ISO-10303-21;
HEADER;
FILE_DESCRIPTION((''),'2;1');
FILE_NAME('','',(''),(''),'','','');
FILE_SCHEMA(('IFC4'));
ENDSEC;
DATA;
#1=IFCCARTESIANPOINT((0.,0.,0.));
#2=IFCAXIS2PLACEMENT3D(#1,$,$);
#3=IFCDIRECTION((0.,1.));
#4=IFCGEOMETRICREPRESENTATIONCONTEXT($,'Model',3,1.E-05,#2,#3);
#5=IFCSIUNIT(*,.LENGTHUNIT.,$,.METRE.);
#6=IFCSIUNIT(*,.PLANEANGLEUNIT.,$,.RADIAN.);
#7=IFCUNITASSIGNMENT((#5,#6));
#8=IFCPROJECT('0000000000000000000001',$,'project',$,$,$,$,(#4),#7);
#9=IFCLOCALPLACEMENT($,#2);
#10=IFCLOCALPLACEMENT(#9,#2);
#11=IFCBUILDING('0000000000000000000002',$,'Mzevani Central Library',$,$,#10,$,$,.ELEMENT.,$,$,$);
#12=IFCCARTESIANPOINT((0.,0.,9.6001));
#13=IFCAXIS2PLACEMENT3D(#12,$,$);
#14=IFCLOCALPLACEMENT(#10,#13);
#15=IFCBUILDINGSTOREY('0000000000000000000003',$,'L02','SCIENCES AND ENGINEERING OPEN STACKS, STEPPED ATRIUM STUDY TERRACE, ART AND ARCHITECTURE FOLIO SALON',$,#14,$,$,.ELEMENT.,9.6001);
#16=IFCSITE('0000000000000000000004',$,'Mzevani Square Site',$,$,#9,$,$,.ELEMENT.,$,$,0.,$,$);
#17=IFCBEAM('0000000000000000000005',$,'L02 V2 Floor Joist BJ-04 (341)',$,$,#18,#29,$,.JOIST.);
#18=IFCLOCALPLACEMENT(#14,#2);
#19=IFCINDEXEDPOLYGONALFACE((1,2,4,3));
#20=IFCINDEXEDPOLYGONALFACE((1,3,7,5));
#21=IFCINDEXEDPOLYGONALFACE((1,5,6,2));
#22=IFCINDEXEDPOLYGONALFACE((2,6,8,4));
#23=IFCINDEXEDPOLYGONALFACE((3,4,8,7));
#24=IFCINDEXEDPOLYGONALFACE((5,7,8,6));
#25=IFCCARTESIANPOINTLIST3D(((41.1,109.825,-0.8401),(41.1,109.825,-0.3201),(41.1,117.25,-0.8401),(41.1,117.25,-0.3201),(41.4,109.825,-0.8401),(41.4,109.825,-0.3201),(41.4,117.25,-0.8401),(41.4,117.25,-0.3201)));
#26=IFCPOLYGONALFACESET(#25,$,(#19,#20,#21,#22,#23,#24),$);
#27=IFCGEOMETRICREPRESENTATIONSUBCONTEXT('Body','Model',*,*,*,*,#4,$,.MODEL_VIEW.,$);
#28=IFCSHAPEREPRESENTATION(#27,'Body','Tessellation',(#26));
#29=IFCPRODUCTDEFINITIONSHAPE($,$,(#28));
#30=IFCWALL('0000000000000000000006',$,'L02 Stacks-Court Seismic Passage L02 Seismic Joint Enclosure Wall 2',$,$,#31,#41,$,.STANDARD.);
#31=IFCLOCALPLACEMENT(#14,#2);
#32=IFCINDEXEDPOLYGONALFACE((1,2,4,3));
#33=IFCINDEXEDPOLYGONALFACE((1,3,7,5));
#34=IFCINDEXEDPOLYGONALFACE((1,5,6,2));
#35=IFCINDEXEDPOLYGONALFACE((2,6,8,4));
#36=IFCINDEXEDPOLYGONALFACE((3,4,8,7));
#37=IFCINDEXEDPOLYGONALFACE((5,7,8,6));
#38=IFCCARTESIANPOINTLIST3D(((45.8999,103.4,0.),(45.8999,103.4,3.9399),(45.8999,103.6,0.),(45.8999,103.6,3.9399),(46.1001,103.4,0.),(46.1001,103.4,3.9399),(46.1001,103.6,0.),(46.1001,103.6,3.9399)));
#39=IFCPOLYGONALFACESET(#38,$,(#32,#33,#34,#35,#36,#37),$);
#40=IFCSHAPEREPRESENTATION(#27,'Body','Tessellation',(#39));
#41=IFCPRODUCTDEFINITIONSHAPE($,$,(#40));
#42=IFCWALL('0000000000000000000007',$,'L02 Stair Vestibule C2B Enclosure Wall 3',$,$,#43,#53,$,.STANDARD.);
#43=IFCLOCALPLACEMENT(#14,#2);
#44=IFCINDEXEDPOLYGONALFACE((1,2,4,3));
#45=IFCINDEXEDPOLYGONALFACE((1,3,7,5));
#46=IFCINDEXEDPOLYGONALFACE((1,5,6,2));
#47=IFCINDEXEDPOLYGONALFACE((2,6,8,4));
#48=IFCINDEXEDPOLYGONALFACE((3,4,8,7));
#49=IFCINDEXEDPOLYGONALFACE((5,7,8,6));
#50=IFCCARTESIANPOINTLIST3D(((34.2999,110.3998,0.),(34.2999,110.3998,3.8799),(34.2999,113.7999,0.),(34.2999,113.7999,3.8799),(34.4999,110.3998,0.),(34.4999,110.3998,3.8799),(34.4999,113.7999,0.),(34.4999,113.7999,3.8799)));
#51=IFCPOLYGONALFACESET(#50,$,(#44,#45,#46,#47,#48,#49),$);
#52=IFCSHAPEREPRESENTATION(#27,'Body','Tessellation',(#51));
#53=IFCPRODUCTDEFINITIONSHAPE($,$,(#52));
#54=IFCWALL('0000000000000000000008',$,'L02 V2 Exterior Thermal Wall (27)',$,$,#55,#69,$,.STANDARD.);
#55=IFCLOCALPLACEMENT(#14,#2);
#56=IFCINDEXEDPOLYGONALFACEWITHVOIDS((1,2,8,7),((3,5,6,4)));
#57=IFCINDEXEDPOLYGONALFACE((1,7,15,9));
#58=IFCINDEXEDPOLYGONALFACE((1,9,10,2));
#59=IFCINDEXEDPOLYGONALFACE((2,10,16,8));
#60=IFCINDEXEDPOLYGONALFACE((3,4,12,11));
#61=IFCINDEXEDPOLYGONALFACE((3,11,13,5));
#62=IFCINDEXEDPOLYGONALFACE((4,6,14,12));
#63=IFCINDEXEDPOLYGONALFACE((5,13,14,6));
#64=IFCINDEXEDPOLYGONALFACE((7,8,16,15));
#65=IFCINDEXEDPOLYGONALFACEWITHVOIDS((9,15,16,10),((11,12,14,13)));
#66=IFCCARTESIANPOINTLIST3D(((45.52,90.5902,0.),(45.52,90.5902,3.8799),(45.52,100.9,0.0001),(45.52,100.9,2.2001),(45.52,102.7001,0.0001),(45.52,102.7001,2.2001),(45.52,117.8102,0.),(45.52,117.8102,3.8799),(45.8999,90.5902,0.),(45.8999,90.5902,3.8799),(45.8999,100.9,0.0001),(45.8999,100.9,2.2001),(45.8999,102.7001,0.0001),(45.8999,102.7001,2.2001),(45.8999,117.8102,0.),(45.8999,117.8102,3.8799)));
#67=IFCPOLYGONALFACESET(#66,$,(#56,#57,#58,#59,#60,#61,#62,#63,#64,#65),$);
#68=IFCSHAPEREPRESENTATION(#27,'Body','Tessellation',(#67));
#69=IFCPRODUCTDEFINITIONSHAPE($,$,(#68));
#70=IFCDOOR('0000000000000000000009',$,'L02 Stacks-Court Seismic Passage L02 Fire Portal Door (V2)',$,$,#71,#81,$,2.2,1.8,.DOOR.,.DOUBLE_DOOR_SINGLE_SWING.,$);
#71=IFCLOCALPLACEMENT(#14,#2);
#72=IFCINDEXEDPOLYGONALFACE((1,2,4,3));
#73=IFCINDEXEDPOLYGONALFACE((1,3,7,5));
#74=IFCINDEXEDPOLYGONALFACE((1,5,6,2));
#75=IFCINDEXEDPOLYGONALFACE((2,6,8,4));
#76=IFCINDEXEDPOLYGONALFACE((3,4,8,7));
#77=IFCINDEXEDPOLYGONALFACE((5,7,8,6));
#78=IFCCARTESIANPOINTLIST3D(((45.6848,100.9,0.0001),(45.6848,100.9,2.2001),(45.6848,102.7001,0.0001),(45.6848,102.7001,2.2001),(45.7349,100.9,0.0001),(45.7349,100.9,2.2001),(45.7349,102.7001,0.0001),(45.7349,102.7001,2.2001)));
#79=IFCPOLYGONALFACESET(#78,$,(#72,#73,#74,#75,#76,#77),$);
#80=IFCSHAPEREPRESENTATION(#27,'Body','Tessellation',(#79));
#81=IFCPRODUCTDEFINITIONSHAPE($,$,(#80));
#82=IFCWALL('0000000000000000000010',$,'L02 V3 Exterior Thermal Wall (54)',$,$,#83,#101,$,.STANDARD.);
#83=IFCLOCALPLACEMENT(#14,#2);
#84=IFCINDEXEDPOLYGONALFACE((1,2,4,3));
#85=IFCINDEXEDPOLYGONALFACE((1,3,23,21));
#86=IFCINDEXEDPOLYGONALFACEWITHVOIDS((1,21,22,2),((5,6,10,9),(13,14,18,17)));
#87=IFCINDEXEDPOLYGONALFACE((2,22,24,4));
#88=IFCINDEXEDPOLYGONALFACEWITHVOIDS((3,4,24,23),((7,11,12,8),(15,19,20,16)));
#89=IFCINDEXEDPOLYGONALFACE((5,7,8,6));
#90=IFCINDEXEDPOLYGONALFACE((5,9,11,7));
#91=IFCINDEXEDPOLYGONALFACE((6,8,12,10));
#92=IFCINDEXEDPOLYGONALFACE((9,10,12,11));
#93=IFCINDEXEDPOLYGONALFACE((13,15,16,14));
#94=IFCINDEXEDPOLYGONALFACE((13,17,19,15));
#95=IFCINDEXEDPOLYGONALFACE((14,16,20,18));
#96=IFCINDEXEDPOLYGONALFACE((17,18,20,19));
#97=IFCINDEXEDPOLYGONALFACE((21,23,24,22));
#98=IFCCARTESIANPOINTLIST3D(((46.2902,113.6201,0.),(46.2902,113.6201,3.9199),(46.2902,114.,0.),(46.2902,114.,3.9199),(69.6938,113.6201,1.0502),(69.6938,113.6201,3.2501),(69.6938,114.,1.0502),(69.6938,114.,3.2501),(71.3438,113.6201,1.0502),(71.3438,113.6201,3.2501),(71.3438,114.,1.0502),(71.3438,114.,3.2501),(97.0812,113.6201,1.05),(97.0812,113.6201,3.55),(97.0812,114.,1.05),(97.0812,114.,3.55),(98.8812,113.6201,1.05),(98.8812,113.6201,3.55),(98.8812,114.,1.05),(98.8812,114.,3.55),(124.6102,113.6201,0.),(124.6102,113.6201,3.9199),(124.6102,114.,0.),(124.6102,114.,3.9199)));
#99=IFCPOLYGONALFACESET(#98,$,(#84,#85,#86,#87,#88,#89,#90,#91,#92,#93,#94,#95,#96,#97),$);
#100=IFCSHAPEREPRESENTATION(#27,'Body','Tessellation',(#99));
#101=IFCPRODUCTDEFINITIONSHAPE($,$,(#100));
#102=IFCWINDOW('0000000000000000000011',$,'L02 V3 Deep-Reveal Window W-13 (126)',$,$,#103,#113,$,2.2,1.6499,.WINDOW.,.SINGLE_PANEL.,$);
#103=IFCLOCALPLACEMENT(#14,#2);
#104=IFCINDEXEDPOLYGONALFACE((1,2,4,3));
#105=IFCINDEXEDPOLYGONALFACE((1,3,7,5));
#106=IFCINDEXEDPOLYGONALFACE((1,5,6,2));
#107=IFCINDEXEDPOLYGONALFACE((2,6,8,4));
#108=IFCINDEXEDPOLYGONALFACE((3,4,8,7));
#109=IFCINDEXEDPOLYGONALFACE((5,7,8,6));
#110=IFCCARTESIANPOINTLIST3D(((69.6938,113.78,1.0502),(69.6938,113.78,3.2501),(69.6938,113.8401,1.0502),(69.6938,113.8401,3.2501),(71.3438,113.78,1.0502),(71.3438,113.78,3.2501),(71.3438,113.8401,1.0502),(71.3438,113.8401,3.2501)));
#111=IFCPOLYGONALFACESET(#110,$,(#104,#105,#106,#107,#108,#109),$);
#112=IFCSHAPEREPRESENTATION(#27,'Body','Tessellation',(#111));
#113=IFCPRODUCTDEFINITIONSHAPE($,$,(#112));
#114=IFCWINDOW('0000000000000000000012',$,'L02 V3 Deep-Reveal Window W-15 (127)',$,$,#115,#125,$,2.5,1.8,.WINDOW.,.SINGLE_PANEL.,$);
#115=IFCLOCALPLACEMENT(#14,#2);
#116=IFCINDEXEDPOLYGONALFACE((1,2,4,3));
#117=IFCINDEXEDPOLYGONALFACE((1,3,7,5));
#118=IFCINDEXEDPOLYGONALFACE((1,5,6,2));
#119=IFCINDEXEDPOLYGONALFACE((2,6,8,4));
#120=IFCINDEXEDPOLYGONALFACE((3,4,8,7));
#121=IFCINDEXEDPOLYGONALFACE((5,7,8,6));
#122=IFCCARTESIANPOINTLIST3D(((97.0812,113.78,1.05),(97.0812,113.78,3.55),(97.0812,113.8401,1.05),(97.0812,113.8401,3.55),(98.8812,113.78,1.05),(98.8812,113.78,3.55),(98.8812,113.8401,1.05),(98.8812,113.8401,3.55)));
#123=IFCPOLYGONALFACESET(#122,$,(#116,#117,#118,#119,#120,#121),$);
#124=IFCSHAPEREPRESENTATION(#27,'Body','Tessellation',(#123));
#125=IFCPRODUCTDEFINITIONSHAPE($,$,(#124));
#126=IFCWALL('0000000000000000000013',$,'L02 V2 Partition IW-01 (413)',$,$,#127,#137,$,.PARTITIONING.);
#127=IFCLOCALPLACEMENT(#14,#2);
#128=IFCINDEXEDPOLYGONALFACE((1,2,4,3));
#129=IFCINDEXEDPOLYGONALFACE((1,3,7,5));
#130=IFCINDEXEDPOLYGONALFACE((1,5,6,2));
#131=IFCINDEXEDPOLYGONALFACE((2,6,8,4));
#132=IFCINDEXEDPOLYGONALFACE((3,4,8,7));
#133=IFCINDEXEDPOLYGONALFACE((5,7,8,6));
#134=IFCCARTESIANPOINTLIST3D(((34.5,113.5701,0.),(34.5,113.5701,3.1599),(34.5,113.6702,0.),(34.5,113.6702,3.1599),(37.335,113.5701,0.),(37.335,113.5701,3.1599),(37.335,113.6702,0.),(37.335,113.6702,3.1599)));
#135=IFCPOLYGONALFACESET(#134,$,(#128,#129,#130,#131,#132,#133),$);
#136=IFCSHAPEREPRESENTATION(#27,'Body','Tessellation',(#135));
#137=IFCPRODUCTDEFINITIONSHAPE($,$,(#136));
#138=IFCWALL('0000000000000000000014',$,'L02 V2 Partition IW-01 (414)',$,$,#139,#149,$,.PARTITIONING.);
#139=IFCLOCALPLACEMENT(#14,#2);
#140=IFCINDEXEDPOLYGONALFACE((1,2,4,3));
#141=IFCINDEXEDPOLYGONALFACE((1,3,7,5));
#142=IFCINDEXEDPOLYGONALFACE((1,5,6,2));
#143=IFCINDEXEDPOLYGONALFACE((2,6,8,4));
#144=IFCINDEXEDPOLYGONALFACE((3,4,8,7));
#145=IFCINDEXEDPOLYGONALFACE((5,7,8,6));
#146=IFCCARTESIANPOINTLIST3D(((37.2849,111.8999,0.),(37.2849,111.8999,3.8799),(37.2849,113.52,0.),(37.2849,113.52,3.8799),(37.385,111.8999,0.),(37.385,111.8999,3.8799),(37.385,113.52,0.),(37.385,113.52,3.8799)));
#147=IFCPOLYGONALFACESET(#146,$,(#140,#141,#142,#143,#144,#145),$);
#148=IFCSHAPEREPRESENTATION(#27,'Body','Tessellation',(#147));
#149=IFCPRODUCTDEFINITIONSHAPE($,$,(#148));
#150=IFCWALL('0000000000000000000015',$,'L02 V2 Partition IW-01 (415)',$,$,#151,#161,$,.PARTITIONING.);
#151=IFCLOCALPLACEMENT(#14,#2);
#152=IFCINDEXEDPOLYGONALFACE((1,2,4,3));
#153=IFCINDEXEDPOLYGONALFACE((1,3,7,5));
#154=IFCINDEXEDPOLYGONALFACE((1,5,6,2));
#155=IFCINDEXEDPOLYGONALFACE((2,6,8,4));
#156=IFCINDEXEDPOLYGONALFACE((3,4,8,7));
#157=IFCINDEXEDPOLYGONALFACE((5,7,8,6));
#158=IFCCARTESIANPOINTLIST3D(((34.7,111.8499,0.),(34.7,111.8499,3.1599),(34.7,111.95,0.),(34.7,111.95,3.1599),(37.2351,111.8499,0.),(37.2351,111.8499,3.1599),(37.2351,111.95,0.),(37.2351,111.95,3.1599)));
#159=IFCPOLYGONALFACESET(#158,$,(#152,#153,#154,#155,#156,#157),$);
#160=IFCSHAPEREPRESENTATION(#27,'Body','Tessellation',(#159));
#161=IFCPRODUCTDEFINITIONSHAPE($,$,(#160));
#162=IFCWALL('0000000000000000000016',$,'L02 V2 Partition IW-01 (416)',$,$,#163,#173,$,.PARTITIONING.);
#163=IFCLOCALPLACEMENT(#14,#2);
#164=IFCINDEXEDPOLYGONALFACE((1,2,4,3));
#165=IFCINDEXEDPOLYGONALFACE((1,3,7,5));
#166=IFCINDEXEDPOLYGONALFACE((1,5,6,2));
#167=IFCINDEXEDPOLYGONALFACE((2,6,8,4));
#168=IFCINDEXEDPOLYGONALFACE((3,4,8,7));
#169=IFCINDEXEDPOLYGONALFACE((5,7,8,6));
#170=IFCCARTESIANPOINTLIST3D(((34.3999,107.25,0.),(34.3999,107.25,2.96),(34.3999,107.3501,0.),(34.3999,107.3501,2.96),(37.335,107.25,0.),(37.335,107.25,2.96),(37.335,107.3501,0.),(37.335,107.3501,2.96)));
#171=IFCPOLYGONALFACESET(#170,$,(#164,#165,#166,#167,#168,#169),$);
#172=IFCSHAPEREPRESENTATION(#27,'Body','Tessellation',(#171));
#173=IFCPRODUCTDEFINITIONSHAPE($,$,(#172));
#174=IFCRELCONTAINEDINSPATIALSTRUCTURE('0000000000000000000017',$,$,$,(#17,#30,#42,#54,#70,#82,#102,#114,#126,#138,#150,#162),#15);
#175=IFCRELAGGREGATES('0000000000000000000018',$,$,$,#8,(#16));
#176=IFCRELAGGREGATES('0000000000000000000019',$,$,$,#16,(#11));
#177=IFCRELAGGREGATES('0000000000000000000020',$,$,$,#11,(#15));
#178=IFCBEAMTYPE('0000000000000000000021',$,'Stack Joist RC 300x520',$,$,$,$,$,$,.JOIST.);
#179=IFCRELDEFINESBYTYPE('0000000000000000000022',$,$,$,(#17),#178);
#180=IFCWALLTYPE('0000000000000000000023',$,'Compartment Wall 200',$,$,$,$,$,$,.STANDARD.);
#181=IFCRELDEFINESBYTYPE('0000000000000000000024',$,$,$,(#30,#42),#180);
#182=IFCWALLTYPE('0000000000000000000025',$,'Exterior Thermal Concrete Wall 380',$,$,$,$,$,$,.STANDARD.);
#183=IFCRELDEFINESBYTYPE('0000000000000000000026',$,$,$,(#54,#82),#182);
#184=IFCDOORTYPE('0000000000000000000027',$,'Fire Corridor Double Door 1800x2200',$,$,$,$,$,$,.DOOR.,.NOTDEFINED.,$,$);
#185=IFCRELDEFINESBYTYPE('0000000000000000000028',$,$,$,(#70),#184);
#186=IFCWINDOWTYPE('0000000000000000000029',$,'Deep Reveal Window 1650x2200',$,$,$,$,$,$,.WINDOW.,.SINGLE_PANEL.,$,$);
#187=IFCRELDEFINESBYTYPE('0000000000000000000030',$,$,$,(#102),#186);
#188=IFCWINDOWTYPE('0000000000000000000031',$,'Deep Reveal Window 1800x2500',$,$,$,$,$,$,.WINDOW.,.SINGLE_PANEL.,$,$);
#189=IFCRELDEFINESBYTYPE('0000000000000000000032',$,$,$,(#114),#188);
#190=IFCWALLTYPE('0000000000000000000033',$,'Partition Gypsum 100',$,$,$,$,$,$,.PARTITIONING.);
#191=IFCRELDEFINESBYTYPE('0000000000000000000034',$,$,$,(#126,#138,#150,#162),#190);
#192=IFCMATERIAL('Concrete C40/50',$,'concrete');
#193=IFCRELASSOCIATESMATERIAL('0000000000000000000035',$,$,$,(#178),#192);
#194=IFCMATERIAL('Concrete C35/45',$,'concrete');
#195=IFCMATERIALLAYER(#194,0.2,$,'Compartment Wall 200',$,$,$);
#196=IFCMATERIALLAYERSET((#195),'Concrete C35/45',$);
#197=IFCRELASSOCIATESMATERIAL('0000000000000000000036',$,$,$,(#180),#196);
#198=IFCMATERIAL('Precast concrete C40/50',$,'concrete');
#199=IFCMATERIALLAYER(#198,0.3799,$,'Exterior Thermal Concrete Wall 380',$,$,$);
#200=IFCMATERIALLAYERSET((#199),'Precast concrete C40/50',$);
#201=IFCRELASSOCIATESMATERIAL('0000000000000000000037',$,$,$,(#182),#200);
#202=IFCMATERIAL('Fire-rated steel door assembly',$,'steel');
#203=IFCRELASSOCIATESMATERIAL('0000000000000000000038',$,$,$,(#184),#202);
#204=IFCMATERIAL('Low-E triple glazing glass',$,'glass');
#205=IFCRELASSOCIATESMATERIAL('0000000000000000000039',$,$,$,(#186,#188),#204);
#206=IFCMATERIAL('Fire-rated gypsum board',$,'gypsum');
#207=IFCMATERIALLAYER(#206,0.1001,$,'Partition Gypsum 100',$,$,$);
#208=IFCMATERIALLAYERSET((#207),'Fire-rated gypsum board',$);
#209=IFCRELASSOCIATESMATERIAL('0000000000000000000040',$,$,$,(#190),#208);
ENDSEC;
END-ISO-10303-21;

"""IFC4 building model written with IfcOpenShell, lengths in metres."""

from ifc_helpers import new_model, si_unit, direction, frame, frame_2d, origin, origin_2d, place, context, subcontext, project, spatial, rectangle, extrude, material, layer, layer_set, material_profile, profile_set, type_object, element, fill, save


model = new_model("IFC4")

# Units and contexts
model_context = context("Model", 3, precision=1e-05, world=origin(), true_north=direction((0.0, 1.0)))
body_context = subcontext(model_context, "Body", "Model", "MODEL_VIEW")
ifc_project = project(units=[si_unit("LENGTHUNIT", "METRE"), si_unit("PLANEANGLEUNIT", "RADIAN")], contexts=[model_context])

# Site, building, storey
site_placement = place(None, origin())
site = spatial("IfcSite", under=ifc_project, at=site_placement, Name="Mzevani Square Site", CompositionType="ELEMENT", RefElevation=0.0)
building_placement = place(site_placement, origin())
building = spatial("IfcBuilding", under=site, at=building_placement, Name="Mzevani Central Library", CompositionType="ELEMENT")
storey_placement = place(building_placement, frame((0.0, 0.0, 9.6001)))
storey = spatial("IfcBuildingStorey", under=building, at=storey_placement, Name="L02", Description="SCIENCES AND ENGINEERING OPEN STACKS, STEPPED ATRIUM STUDY TERRACE, ART AND ARCHITECTURE FOLIO SALON", CompositionType="ELEMENT", Elevation=9.6001)

# Shared definitions
ifc_material_1 = material(Name="Concrete C40/50", Category="concrete")

# Beam
ifc_material_2 = material(Name="Concrete C35/45", Category="concrete")
ifc_material_3 = material(Name="Precast concrete C40/50", Category="concrete")
ifc_material_profile_1 = material_profile(ifc_material_1, rectangle(XDim=0.3, YDim=0.52, at=origin_2d()), Name="RC J300x520")
ifc_profile_set_1 = profile_set([ifc_material_profile_1], Name="Concrete C40/50")
beam_type_1 = type_object("IfcBeamType", Name="Stack Joist RC 300x520", PredefinedType="JOIST", material=ifc_profile_set_1)
beam_1_placement = place(storey_placement, frame((41.25, 109.825, -0.5801), z_axis=(0.0, 1.0, 0.0), x_axis=(-1.0, 0.0, 0.0)))
element("IfcBeam", 1, at=beam_1_placement, inside=storey, type_object=beam_type_1, Name="L02 V2 Floor Joist BJ-04 (341)", PredefinedType="JOIST", context=body_context, shape_type="SweptSolid", body=[
    extrude(rectangle(XDim=0.3, YDim=0.52, at=origin_2d()), origin(), (0.0, 0.0, 1.0), 7.425),
])

# Walls
ifc_layer_1 = layer(ifc_material_2, 0.2, Name="Compartment Wall 200")
ifc_layer_set_1 = layer_set([ifc_layer_1], Name="Concrete C35/45")
wall_type_1 = type_object("IfcWallType", Name="Compartment Wall 200", PredefinedType="STANDARD", material=ifc_layer_set_1)
wall_1_placement = place(storey_placement, frame((45.8999, 103.5, 0.0), z_axis=(0.0, 0.0, 1.0), x_axis=(1.0, 0.0, 0.0)))
element("IfcWall", 2, at=wall_1_placement, inside=storey, type_object=wall_type_1, Name="L02 Stacks-Court Seismic Passage L02 Seismic Joint Enclosure Wall 2", PredefinedType="STANDARD", context=body_context, shape_type="SweptSolid", body=[
    extrude(rectangle(XDim=0.2002, YDim=0.2, at=frame_2d((0.1001, 0.0))), origin(), (0.0, 0.0, 1.0), 3.9399),
])
wall_2_placement = place(storey_placement, frame((34.3999, 113.8, 0.0), z_axis=(0.0, 0.0, 1.0), x_axis=(0.0, -1.0, 0.0)))
element("IfcWall", 3, at=wall_2_placement, inside=storey, type_object=wall_type_1, Name="L02 Stair Vestibule C2B Enclosure Wall 3", PredefinedType="STANDARD", context=body_context, shape_type="SweptSolid", body=[
    extrude(rectangle(XDim=3.4001, YDim=0.2, at=frame_2d((1.7002, 0.0))), origin(), (0.0, 0.0, 1.0), 3.8799),
])

# Wall, opening, door
ifc_layer_2 = layer(ifc_material_3, 0.3799, Name="Exterior Thermal Concrete Wall 380")
ifc_layer_set_2 = layer_set([ifc_layer_2], Name="Precast concrete C40/50")
wall_type_2 = type_object("IfcWallType", Name="Exterior Thermal Concrete Wall 380", PredefinedType="STANDARD", material=ifc_layer_set_2)
wall_3_placement = place(storey_placement, frame((45.71, 117.8101, 0.0), z_axis=(0.0, 0.0, 1.0), x_axis=(0.0, -1.0, 0.0)))
wall_3 = element("IfcWall", 4, at=wall_3_placement, inside=storey, type_object=wall_type_2, Name="L02 V2 Exterior Thermal Wall (27)", PredefinedType="STANDARD", context=body_context, shape_type="SweptSolid", body=[
    extrude(rectangle(XDim=27.22, YDim=0.3799, at=frame_2d((13.6099, 0.0))), origin(), (0.0, 0.0, 1.0), 3.8799),
])
opening_1_placement = place(wall_3_placement, frame((15.1101, 0.0, 0.0)))
opening_1 = element("IfcOpeningElement", 5, at=opening_1_placement, cuts=wall_3, PredefinedType="OPENING", context=body_context, shape_type="SweptSolid", body=[
    extrude(rectangle(XDim=1.8, YDim=2.2, at=frame_2d((0.8999, 1.1001))), frame((0.0, 0.2, 0.0), z_axis=(0.0, -1.0, 0.0), x_axis=(1.0, 0.0, 0.0)), (0.0, 0.0, 1.0), 0.3999),
])
ifc_material_4 = material(Name="Fire-rated steel door assembly", Category="steel")
door_type_1 = type_object("IfcDoorType", Name="Fire Corridor Double Door 1800x2200", OperationType="NOTDEFINED", PredefinedType="DOOR", material=ifc_material_4)
door_1_placement = place(opening_1_placement, origin())
door_1 = element("IfcDoor", 6, at=door_1_placement, inside=storey, type_object=door_type_1, Name="L02 Stacks-Court Seismic Passage L02 Fire Portal Door (V2)", OperationType="DOUBLE_DOOR_SINGLE_SWING", OverallHeight=2.2, OverallWidth=1.8, PredefinedType="DOOR", context=body_context, shape_type="SweptSolid", body=[
    extrude(rectangle(XDim=1.8, YDim=2.2, at=frame_2d((0.8999, 1.1001))), frame((0.0, 0.0249, 0.0), z_axis=(0.0, -1.0, 0.0), x_axis=(1.0, 0.0, 0.0)), (0.0, 0.0, 1.0), 0.05),
])
fill(opening_1, door_1)

# Wall, openings, windows
wall_4_placement = place(storey_placement, frame((46.29, 113.8101, 0.0), z_axis=(0.0, 0.0, 1.0), x_axis=(1.0, 0.0, 0.0)))
wall_4 = element("IfcWall", 7, at=wall_4_placement, inside=storey, type_object=wall_type_2, Name="L02 V3 Exterior Thermal Wall (54)", PredefinedType="STANDARD", context=body_context, shape_type="SweptSolid", body=[
    extrude(rectangle(XDim=78.3201, YDim=0.3799, at=frame_2d((39.1602, 0.0))), origin(), (0.0, 0.0, 1.0), 3.9199),
])
opening_2_placement = place(wall_4_placement, frame((23.4038, 0.0, 1.05)))
opening_2 = element("IfcOpeningElement", 8, at=opening_2_placement, cuts=wall_4, PredefinedType="OPENING", context=body_context, shape_type="SweptSolid", body=[
    extrude(rectangle(XDim=1.6499, YDim=2.2, at=frame_2d((0.825, 1.1001))), frame((0.0, 0.2, 0.0), z_axis=(0.0, -1.0, 0.0), x_axis=(1.0, 0.0, 0.0)), (0.0, 0.0, 1.0), 0.3999),
])
opening_3_placement = place(wall_4_placement, frame((50.7913, 0.0, 1.05)))
opening_3 = element("IfcOpeningElement", 9, at=opening_3_placement, cuts=wall_4, PredefinedType="OPENING", context=body_context, shape_type="SweptSolid", body=[
    extrude(rectangle(XDim=1.8, YDim=2.5, at=frame_2d((0.8999, 1.25))), frame((0.0, 0.2, 0.0), z_axis=(0.0, -1.0, 0.0), x_axis=(1.0, 0.0, 0.0)), (0.0, 0.0, 1.0), 0.3999),
])
ifc_material_5 = material(Name="Low-E triple glazing glass", Category="glass")
window_type_1 = type_object("IfcWindowType", Name="Deep Reveal Window 1650x2200", PartitioningType="SINGLE_PANEL", PredefinedType="WINDOW", material=ifc_material_5)
window_1_placement = place(opening_2_placement, origin())
window_1 = element("IfcWindow", 10, at=window_1_placement, inside=storey, type_object=window_type_1, Name="L02 V3 Deep-Reveal Window W-13 (126)", OverallHeight=2.2, OverallWidth=1.6499, PartitioningType="SINGLE_PANEL", PredefinedType="WINDOW", context=body_context, shape_type="SweptSolid", body=[
    extrude(rectangle(XDim=1.6499, YDim=2.2, at=frame_2d((0.825, 1.1001))), frame((0.0, 0.03, 0.0), z_axis=(0.0, -1.0, 0.0), x_axis=(1.0, 0.0, 0.0)), (0.0, 0.0, 1.0), 0.0601),
])
fill(opening_2, window_1)
window_type_2 = type_object("IfcWindowType", Name="Deep Reveal Window 1800x2500", PartitioningType="SINGLE_PANEL", PredefinedType="WINDOW", material=ifc_material_5)
window_2_placement = place(opening_3_placement, origin())
window_2 = element("IfcWindow", 11, at=window_2_placement, inside=storey, type_object=window_type_2, Name="L02 V3 Deep-Reveal Window W-15 (127)", OverallHeight=2.5, OverallWidth=1.8, PartitioningType="SINGLE_PANEL", PredefinedType="WINDOW", context=body_context, shape_type="SweptSolid", body=[
    extrude(rectangle(XDim=1.8, YDim=2.5, at=frame_2d((0.8999, 1.25))), frame((0.0, 0.03, 0.0), z_axis=(0.0, -1.0, 0.0), x_axis=(1.0, 0.0, 0.0)), (0.0, 0.0, 1.0), 0.0601),
])
fill(opening_3, window_2)

# Walls
ifc_material_6 = material(Name="Fire-rated gypsum board", Category="gypsum")
ifc_layer_3 = layer(ifc_material_6, 0.1001, Name="Partition Gypsum 100")
ifc_layer_set_3 = layer_set([ifc_layer_3], Name="Fire-rated gypsum board")
wall_type_3 = type_object("IfcWallType", Name="Partition Gypsum 100", PredefinedType="PARTITIONING", material=ifc_layer_set_3)
wall_5_placement = place(storey_placement, frame((34.5, 113.6201, 0.0), z_axis=(0.0, 0.0, 1.0), x_axis=(1.0, 0.0, 0.0)))
element("IfcWall", 12, at=wall_5_placement, inside=storey, type_object=wall_type_3, Name="L02 V2 Partition IW-01 (413)", PredefinedType="PARTITIONING", context=body_context, shape_type="SweptSolid", body=[
    extrude(rectangle(XDim=2.835, YDim=0.1001, at=frame_2d((1.4175, 0.0))), origin(), (0.0, 0.0, 1.0), 3.1599),
])
wall_6_placement = place(storey_placement, frame((37.335, 113.52, 0.0), z_axis=(0.0, 0.0, 1.0), x_axis=(0.0, -1.0, 0.0)))
element("IfcWall", 13, at=wall_6_placement, inside=storey, type_object=wall_type_3, Name="L02 V2 Partition IW-01 (414)", PredefinedType="PARTITIONING", context=body_context, shape_type="SweptSolid", body=[
    extrude(rectangle(XDim=1.6201, YDim=0.1001, at=frame_2d((0.8101, 0.0))), origin(), (0.0, 0.0, 1.0), 3.8799),
])
wall_7_placement = place(storey_placement, frame((37.2351, 111.8999, 0.0), z_axis=(0.0, 0.0, 1.0), x_axis=(-1.0, 0.0, 0.0)))
element("IfcWall", 14, at=wall_7_placement, inside=storey, type_object=wall_type_3, Name="L02 V2 Partition IW-01 (415)", PredefinedType="PARTITIONING", context=body_context, shape_type="SweptSolid", body=[
    extrude(rectangle(XDim=2.5352, YDim=0.1001, at=frame_2d((1.2676, 0.0))), origin(), (0.0, 0.0, 1.0), 3.1599),
])
wall_8_placement = place(storey_placement, frame((34.3999, 107.3, 0.0), z_axis=(0.0, 0.0, 1.0), x_axis=(1.0, 0.0, 0.0)))
element("IfcWall", 15, at=wall_8_placement, inside=storey, type_object=wall_type_3, Name="L02 V2 Partition IW-01 (416)", PredefinedType="PARTITIONING", context=body_context, shape_type="SweptSolid", body=[
    extrude(rectangle(XDim=2.9351, YDim=0.1001, at=frame_2d((1.4675, 0.0))), origin(), (0.0, 0.0, 1.0), 2.96),
])

save(model, "model.ifc")
